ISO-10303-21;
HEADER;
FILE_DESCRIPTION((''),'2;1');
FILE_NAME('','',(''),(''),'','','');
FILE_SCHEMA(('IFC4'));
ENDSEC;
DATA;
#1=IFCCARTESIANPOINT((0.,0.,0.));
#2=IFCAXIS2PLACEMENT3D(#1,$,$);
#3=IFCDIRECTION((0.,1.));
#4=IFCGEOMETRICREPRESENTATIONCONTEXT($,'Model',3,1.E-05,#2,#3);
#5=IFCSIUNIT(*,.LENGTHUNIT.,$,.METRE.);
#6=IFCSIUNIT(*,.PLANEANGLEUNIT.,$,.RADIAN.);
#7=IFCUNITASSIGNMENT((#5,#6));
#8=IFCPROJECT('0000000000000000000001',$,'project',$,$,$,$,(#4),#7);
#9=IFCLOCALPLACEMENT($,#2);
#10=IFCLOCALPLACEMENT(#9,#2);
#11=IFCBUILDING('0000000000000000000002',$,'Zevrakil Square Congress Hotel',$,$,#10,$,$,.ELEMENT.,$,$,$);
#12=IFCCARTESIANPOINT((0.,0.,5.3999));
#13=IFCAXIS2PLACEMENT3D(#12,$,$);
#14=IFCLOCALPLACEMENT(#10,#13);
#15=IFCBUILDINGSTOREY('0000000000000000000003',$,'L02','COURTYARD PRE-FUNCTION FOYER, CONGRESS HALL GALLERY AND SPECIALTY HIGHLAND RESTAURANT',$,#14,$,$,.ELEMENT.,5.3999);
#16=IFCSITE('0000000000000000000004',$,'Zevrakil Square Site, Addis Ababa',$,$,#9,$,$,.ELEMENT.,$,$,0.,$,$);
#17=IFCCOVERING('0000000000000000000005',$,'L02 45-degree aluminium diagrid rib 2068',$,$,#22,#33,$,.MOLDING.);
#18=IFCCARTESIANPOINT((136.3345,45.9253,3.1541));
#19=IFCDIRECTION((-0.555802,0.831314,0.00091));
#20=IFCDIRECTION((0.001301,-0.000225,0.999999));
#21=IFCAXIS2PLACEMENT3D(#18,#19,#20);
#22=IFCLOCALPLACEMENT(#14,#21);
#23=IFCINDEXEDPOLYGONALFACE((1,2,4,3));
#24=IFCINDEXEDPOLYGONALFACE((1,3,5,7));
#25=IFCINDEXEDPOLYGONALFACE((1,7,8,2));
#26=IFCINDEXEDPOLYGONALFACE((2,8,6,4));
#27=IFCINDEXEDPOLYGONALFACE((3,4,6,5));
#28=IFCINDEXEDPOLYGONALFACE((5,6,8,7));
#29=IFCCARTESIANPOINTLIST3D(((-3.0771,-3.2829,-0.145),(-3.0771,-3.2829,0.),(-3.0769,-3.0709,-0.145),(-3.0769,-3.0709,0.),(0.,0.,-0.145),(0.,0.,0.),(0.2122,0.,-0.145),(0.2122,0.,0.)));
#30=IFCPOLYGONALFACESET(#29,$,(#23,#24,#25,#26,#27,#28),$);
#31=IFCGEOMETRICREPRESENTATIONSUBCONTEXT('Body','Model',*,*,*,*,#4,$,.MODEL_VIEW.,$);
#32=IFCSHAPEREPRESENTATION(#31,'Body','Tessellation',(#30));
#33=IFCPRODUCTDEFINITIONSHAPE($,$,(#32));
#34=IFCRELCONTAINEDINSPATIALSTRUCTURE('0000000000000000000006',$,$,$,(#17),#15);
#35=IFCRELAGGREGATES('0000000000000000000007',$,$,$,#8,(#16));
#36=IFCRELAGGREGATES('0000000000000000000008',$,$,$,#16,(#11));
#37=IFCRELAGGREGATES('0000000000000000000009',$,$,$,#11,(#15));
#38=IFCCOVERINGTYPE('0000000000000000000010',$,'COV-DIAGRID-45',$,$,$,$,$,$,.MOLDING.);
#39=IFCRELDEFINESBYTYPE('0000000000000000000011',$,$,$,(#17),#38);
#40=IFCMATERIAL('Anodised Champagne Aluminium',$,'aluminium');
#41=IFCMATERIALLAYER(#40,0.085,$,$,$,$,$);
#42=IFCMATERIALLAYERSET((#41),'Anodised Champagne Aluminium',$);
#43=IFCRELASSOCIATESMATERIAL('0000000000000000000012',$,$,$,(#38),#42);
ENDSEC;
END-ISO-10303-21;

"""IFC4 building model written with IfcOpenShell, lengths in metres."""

from ifc_helpers import new_model, si_unit, direction, frame, origin, place, context, subcontext, project, spatial, polyline, outline, extrude, material, layer, layer_set, type_object, element, save


model = new_model("IFC4")

# Units and contexts
model_context = context("Model", 3, precision=1e-05, world=origin(), true_north=direction((0.0, 1.0)))
body_context = subcontext(model_context, "Body", "Model", "MODEL_VIEW")
ifc_project = project(units=[si_unit("LENGTHUNIT", "METRE"), si_unit("PLANEANGLEUNIT", "RADIAN")], contexts=[model_context])

# Site, building, storey
site_placement = place(None, origin())
site = spatial("IfcSite", under=ifc_project, at=site_placement, Name="Zevrakil Square Site, Addis Ababa", CompositionType="ELEMENT", RefElevation=0.0)
building_placement = place(site_placement, origin())
building = spatial("IfcBuilding", under=site, at=building_placement, Name="Zevrakil Square Congress Hotel", CompositionType="ELEMENT")
storey_placement = place(building_placement, frame((0.0, 0.0, 5.3999)))
storey = spatial("IfcBuildingStorey", under=building, at=storey_placement, Name="L02", Description="COURTYARD PRE-FUNCTION FOYER, CONGRESS HALL GALLERY AND SPECIALTY HIGHLAND RESTAURANT", CompositionType="ELEMENT", Elevation=5.3999)

# Covering
ifc_material_1 = material(Name="Anodised Champagne Aluminium", Category="aluminium")
ifc_layer_1 = layer(ifc_material_1, 0.085)
ifc_layer_set_1 = layer_set([ifc_layer_1], Name="Anodised Champagne Aluminium")
covering_type = type_object("IfcCoveringType", Name="COV-DIAGRID-45", PredefinedType="MOLDING", material=ifc_layer_set_1)
covering_1_placement = place(storey_placement, frame((136.3345, 45.9253, 3.1541), z_axis=(-0.555802, 0.831314, 0.00091), x_axis=(0.001301, -0.000225, 0.999999)))
element("IfcCovering", 1, at=covering_1_placement, inside=storey, type_object=covering_type, Name="L02 45-degree aluminium diagrid rib 2068", PredefinedType="MOLDING", context=body_context, shape_type="SweptSolid", body=[
    extrude(outline(polyline([(0.0, 0.0), (0.2122, 0.0), (-3.0771, -3.2829), (-3.0769, -3.0709), (0.0, 0.0)])), origin(), (0.0, 0.0, -1.0), 0.145),
])

save(model, "model.ifc")
